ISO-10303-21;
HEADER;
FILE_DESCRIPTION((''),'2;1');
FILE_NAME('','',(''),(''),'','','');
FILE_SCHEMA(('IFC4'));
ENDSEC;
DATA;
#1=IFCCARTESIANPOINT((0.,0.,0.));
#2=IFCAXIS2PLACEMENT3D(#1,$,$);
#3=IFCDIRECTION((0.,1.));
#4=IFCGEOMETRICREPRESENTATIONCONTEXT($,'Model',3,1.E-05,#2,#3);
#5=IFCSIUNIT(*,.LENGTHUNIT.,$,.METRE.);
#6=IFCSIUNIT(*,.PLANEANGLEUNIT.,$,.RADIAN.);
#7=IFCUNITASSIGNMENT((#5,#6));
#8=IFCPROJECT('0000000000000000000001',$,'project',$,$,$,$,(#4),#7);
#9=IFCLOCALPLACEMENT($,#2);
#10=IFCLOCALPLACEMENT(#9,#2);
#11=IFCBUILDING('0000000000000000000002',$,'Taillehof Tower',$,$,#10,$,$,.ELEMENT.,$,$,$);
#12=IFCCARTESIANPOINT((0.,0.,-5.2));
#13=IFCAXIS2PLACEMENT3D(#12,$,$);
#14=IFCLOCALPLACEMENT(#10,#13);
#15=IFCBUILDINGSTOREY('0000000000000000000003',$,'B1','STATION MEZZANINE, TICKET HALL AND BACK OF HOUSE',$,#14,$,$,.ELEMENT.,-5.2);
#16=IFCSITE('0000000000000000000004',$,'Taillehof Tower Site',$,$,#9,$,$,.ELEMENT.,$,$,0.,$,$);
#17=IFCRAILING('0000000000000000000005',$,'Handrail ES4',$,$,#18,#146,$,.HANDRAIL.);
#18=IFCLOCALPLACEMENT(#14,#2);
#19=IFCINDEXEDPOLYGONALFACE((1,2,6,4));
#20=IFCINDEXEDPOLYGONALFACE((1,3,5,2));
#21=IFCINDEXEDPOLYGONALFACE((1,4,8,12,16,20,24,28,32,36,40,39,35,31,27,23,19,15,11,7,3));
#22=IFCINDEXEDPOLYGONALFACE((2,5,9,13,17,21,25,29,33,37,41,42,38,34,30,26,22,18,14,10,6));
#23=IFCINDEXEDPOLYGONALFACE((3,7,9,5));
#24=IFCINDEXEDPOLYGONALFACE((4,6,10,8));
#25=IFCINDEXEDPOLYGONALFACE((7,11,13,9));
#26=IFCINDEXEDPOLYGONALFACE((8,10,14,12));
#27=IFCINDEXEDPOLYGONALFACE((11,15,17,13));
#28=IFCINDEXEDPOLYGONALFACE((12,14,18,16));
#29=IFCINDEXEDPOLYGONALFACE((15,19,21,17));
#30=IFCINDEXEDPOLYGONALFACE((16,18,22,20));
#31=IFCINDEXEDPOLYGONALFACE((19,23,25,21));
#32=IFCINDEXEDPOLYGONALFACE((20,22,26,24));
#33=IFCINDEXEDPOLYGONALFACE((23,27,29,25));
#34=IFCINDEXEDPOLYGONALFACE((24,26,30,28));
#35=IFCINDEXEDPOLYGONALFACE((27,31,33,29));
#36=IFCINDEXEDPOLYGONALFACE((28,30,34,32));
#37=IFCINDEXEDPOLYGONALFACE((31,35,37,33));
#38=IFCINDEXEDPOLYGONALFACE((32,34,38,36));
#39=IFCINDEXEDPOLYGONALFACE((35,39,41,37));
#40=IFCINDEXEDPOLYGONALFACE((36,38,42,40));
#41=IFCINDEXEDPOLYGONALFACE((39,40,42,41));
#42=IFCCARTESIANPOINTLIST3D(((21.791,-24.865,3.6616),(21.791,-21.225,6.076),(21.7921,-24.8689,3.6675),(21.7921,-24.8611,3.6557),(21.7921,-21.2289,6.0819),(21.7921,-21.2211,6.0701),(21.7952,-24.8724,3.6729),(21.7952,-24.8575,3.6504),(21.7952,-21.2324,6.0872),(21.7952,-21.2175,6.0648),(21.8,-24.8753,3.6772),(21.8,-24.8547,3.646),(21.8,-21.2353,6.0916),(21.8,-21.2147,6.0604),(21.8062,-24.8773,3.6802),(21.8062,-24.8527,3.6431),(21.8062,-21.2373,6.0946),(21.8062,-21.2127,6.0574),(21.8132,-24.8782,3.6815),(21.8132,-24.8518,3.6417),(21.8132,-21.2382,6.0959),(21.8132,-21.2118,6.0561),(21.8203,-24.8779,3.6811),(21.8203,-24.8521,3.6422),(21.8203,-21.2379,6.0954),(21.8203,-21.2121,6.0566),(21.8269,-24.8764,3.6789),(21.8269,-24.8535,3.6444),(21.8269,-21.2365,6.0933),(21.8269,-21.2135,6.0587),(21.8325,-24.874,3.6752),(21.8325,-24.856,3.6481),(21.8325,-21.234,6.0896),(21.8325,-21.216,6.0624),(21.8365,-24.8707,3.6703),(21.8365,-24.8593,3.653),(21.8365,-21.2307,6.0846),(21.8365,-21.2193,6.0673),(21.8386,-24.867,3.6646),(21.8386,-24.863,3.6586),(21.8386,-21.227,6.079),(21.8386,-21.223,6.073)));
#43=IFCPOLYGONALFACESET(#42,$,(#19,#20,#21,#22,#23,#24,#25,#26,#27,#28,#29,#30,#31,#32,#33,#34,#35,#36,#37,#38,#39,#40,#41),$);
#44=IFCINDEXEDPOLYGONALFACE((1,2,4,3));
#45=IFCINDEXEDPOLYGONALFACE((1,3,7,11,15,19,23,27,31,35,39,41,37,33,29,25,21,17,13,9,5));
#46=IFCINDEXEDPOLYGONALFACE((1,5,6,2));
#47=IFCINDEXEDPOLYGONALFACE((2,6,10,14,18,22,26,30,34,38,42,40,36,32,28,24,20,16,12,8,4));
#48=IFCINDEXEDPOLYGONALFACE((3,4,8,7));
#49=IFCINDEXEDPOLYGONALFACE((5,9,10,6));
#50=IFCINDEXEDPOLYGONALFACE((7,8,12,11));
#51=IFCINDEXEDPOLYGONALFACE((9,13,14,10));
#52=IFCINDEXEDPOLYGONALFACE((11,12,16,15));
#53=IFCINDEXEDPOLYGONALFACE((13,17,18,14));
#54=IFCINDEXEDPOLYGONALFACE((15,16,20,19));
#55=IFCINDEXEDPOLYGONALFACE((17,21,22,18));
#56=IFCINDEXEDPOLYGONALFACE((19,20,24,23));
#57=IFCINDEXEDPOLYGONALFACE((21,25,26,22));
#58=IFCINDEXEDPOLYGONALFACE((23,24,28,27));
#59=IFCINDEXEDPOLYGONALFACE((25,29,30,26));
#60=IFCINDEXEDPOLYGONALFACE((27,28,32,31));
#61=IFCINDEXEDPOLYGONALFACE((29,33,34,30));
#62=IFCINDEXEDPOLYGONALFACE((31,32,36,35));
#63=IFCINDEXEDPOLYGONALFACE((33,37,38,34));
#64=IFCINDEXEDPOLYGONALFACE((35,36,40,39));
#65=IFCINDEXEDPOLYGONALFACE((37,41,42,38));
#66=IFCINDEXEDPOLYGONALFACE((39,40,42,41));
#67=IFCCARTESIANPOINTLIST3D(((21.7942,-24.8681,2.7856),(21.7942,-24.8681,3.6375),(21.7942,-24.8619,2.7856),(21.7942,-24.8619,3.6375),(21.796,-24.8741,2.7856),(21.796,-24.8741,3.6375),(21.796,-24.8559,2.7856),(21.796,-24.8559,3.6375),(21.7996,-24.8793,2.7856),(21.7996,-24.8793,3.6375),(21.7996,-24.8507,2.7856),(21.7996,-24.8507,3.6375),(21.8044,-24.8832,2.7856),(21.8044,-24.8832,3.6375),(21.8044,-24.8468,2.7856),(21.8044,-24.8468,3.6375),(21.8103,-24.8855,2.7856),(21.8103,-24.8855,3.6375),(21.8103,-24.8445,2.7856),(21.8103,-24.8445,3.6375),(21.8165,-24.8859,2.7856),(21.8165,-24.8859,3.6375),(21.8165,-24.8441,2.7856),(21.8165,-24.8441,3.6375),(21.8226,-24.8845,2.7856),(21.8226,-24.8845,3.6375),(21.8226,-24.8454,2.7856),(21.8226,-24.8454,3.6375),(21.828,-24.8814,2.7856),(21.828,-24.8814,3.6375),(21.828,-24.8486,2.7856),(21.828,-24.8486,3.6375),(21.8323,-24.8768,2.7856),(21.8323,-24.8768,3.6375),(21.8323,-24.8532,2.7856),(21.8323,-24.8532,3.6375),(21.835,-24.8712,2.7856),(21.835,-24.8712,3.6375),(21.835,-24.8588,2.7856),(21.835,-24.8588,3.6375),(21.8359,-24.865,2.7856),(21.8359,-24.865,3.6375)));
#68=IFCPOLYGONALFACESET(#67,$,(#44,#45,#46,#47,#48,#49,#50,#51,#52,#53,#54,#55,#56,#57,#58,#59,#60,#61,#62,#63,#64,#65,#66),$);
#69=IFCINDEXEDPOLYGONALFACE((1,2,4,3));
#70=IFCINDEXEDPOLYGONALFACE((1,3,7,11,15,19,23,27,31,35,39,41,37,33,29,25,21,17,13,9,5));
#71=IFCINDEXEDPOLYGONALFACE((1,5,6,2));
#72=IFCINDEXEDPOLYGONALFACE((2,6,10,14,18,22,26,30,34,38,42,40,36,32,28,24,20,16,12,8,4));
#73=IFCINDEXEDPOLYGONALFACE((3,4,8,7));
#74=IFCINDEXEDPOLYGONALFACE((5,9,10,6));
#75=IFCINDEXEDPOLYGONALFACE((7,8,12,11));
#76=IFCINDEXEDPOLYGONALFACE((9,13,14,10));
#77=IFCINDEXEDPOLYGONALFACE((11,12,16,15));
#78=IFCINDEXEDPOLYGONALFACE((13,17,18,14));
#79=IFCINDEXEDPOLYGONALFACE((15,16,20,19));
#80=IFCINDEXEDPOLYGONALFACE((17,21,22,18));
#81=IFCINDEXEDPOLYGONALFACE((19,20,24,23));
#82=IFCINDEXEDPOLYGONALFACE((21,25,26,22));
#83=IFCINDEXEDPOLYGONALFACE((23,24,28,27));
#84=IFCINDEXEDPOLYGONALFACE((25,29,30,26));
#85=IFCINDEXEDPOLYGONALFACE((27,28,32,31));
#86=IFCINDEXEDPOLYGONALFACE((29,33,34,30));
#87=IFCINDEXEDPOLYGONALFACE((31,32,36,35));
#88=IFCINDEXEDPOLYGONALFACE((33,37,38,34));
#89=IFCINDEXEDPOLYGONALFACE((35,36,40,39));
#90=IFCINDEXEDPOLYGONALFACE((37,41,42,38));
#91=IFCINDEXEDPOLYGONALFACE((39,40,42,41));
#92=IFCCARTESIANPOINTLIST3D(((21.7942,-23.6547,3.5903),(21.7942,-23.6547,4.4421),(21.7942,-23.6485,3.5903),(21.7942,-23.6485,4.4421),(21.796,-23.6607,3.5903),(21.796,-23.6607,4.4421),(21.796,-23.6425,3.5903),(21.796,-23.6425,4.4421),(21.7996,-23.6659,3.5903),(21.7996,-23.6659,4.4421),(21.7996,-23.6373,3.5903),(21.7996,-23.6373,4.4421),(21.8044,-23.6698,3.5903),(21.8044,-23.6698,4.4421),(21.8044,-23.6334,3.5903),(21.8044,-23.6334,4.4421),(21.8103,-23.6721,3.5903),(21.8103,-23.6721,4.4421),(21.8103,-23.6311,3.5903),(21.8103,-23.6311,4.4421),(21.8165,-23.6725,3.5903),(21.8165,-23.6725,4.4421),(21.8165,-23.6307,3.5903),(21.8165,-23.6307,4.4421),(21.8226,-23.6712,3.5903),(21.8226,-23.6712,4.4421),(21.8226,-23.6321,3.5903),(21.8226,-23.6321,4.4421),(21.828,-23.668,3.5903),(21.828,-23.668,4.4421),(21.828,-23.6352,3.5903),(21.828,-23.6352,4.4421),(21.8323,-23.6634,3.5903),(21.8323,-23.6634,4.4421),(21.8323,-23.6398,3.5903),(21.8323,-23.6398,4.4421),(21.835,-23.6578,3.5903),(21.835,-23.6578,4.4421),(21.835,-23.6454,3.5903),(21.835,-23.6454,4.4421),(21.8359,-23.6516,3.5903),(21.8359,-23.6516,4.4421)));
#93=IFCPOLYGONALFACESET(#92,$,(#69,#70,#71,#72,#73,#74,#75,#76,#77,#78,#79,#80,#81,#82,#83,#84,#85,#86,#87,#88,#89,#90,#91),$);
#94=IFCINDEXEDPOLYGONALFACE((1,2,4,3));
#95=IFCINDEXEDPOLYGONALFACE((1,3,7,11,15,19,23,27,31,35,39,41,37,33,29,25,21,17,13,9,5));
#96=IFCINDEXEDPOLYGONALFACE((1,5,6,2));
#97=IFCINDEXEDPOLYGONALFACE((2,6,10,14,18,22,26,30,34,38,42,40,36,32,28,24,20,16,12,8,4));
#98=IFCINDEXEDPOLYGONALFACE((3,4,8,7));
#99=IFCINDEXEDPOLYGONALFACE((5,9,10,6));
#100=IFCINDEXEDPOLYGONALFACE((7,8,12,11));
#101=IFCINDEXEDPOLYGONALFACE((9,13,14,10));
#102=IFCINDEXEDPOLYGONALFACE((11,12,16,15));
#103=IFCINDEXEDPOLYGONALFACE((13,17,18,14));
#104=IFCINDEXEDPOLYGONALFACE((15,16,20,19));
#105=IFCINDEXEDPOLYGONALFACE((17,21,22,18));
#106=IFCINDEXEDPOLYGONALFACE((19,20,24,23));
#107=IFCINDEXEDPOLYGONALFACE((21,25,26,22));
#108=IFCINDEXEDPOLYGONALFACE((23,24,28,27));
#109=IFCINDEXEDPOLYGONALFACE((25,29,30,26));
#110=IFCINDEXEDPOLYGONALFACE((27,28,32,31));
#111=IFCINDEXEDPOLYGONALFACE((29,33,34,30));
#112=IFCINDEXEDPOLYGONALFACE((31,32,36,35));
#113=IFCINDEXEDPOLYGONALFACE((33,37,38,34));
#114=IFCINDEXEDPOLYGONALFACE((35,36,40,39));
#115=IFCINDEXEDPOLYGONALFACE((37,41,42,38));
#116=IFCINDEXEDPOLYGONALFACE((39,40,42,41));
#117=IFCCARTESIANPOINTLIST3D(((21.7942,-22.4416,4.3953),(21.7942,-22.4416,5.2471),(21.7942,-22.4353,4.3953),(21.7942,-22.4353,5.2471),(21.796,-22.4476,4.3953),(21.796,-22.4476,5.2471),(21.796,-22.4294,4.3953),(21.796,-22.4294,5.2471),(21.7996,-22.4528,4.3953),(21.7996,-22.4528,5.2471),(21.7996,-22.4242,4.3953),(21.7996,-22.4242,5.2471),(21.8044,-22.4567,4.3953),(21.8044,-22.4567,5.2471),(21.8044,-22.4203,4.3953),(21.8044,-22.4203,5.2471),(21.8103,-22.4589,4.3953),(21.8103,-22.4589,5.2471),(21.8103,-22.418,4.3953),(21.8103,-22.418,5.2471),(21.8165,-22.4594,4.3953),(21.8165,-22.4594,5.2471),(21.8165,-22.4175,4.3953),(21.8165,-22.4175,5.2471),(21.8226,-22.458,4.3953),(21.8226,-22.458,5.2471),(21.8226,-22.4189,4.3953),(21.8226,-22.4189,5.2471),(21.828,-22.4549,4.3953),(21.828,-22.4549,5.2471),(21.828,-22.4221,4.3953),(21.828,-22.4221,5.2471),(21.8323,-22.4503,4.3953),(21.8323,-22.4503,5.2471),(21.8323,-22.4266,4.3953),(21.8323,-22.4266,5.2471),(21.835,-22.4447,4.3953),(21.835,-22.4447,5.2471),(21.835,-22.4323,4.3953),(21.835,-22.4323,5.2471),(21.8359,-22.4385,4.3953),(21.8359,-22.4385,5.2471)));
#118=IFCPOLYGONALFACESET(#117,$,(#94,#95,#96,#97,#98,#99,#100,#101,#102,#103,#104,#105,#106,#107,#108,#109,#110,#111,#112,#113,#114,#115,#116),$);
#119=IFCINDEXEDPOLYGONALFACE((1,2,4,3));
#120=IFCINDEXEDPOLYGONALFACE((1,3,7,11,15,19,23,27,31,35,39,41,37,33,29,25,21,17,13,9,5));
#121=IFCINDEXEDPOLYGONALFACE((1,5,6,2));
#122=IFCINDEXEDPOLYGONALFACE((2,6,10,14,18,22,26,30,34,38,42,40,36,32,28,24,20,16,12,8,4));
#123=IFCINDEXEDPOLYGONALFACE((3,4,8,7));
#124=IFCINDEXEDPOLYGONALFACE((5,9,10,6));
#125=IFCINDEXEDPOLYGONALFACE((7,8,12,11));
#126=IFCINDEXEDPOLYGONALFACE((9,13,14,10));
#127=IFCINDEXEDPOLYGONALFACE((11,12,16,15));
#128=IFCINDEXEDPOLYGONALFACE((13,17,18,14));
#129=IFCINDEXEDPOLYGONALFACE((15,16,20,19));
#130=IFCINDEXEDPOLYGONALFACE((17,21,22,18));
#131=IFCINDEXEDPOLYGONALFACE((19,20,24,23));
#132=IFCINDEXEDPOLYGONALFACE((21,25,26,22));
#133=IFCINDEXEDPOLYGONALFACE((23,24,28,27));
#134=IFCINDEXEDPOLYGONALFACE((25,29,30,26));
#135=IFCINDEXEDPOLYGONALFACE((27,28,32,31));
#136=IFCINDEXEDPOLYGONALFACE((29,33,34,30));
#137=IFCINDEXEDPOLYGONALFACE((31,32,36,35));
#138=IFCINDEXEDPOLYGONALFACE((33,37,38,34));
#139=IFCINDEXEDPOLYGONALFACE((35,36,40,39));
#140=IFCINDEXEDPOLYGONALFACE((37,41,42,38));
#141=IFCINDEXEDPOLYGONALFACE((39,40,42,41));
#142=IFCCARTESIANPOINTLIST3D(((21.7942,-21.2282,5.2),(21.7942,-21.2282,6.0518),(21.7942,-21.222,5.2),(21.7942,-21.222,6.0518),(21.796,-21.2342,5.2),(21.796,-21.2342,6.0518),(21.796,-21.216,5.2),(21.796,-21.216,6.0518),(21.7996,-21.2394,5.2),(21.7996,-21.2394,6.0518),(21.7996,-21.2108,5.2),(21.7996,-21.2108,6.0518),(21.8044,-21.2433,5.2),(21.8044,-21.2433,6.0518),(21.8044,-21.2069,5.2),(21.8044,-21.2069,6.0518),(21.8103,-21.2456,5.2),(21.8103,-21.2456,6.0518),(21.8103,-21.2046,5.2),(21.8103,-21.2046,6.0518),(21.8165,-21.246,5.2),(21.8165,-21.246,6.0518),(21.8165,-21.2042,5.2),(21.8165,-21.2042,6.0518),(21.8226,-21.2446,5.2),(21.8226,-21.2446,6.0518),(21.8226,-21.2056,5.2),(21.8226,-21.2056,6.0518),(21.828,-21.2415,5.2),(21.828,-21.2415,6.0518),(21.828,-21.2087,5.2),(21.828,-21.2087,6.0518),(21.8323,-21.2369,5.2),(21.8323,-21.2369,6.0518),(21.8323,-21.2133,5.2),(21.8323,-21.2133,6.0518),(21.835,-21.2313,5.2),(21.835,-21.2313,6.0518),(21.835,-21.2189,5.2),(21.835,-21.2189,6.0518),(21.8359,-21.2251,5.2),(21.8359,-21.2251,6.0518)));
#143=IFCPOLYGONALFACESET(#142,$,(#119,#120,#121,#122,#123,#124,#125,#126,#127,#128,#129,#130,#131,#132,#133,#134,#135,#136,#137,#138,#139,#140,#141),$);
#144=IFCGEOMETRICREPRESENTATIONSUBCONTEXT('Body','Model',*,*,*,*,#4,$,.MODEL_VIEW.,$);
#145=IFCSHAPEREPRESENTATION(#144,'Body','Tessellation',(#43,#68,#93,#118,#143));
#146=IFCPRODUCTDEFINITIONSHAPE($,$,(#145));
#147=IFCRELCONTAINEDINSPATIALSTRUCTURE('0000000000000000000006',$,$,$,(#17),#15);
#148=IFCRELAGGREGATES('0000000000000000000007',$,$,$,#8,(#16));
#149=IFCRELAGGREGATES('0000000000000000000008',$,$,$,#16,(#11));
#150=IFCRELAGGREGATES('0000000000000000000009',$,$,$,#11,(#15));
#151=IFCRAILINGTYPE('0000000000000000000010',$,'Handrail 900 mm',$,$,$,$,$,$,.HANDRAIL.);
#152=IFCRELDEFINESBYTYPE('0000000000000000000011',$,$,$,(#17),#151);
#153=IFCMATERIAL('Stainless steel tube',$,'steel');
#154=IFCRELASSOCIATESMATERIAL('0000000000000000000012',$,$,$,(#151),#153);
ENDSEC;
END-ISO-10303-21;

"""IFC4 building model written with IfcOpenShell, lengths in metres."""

from ifc_helpers import new_model, si_unit, direction, frame, origin, origin_2d, place, context, subcontext, project, spatial, circle, extrude, material, type_object, element, save


model = new_model("IFC4")

# Units and contexts
model_context = context("Model", 3, precision=1e-05, world=origin(), true_north=direction((0.0, 1.0)))
body_context = subcontext(model_context, "Body", "Model", "MODEL_VIEW")
ifc_project = project(units=[si_unit("LENGTHUNIT", "METRE"), si_unit("PLANEANGLEUNIT", "RADIAN")], contexts=[model_context])

# Site, building, storey
site_placement = place(None, origin())
site = spatial("IfcSite", under=ifc_project, at=site_placement, Name="Taillehof Tower Site", CompositionType="ELEMENT", RefElevation=0.0)
building_placement = place(site_placement, origin())
building = spatial("IfcBuilding", under=site, at=building_placement, Name="Taillehof Tower", CompositionType="ELEMENT")
storey_placement = place(building_placement, frame((0.0, 0.0, -5.2)))
storey = spatial("IfcBuildingStorey", under=building, at=storey_placement, Name="B1", Description="STATION MEZZANINE, TICKET HALL AND BACK OF HOUSE", CompositionType="ELEMENT", Elevation=-5.2)

# Railing
ifc_material_1 = material(Name="Stainless steel tube", Category="steel")
railing_type_1 = type_object("IfcRailingType", Name="Handrail 900 mm", PredefinedType="HANDRAIL", material=ifc_material_1)
for number, where, name in (
    (1, (21.8149, -24.865, 2.7856), "Handrail ES4"),
):
    element("IfcRailing", number, at=place(storey_placement, frame(where)), inside=storey, type_object=railing_type_1, Name=name, PredefinedType="HANDRAIL", context=body_context, shape_type="SweptSolid", body=[
        extrude(circle(Radius=0.0239, at=origin_2d()), frame((0.0, 0.0, 0.876), z_axis=(0.0, 0.833347, 0.552751), x_axis=(-1.0, 0.0, 0.0)), (0.0, 0.0, 1.0), 4.3679),
        extrude(circle(Radius=0.021, at=origin_2d()), origin(), (0.0, 0.0, 1.0), 0.8518),
        extrude(circle(Radius=0.021, at=origin_2d()), frame((0.0, 1.2134, 0.8047)), (0.0, 0.0, 1.0), 0.8518),
        extrude(circle(Radius=0.021, at=origin_2d()), frame((0.0, 2.4265, 1.6096)), (0.0, 0.0, 1.0), 0.8518),
        extrude(circle(Radius=0.021, at=origin_2d()), frame((0.0, 3.6399, 2.4143)), (0.0, 0.0, 1.0), 0.8518),
    ])

save(model, "model.ifc")
